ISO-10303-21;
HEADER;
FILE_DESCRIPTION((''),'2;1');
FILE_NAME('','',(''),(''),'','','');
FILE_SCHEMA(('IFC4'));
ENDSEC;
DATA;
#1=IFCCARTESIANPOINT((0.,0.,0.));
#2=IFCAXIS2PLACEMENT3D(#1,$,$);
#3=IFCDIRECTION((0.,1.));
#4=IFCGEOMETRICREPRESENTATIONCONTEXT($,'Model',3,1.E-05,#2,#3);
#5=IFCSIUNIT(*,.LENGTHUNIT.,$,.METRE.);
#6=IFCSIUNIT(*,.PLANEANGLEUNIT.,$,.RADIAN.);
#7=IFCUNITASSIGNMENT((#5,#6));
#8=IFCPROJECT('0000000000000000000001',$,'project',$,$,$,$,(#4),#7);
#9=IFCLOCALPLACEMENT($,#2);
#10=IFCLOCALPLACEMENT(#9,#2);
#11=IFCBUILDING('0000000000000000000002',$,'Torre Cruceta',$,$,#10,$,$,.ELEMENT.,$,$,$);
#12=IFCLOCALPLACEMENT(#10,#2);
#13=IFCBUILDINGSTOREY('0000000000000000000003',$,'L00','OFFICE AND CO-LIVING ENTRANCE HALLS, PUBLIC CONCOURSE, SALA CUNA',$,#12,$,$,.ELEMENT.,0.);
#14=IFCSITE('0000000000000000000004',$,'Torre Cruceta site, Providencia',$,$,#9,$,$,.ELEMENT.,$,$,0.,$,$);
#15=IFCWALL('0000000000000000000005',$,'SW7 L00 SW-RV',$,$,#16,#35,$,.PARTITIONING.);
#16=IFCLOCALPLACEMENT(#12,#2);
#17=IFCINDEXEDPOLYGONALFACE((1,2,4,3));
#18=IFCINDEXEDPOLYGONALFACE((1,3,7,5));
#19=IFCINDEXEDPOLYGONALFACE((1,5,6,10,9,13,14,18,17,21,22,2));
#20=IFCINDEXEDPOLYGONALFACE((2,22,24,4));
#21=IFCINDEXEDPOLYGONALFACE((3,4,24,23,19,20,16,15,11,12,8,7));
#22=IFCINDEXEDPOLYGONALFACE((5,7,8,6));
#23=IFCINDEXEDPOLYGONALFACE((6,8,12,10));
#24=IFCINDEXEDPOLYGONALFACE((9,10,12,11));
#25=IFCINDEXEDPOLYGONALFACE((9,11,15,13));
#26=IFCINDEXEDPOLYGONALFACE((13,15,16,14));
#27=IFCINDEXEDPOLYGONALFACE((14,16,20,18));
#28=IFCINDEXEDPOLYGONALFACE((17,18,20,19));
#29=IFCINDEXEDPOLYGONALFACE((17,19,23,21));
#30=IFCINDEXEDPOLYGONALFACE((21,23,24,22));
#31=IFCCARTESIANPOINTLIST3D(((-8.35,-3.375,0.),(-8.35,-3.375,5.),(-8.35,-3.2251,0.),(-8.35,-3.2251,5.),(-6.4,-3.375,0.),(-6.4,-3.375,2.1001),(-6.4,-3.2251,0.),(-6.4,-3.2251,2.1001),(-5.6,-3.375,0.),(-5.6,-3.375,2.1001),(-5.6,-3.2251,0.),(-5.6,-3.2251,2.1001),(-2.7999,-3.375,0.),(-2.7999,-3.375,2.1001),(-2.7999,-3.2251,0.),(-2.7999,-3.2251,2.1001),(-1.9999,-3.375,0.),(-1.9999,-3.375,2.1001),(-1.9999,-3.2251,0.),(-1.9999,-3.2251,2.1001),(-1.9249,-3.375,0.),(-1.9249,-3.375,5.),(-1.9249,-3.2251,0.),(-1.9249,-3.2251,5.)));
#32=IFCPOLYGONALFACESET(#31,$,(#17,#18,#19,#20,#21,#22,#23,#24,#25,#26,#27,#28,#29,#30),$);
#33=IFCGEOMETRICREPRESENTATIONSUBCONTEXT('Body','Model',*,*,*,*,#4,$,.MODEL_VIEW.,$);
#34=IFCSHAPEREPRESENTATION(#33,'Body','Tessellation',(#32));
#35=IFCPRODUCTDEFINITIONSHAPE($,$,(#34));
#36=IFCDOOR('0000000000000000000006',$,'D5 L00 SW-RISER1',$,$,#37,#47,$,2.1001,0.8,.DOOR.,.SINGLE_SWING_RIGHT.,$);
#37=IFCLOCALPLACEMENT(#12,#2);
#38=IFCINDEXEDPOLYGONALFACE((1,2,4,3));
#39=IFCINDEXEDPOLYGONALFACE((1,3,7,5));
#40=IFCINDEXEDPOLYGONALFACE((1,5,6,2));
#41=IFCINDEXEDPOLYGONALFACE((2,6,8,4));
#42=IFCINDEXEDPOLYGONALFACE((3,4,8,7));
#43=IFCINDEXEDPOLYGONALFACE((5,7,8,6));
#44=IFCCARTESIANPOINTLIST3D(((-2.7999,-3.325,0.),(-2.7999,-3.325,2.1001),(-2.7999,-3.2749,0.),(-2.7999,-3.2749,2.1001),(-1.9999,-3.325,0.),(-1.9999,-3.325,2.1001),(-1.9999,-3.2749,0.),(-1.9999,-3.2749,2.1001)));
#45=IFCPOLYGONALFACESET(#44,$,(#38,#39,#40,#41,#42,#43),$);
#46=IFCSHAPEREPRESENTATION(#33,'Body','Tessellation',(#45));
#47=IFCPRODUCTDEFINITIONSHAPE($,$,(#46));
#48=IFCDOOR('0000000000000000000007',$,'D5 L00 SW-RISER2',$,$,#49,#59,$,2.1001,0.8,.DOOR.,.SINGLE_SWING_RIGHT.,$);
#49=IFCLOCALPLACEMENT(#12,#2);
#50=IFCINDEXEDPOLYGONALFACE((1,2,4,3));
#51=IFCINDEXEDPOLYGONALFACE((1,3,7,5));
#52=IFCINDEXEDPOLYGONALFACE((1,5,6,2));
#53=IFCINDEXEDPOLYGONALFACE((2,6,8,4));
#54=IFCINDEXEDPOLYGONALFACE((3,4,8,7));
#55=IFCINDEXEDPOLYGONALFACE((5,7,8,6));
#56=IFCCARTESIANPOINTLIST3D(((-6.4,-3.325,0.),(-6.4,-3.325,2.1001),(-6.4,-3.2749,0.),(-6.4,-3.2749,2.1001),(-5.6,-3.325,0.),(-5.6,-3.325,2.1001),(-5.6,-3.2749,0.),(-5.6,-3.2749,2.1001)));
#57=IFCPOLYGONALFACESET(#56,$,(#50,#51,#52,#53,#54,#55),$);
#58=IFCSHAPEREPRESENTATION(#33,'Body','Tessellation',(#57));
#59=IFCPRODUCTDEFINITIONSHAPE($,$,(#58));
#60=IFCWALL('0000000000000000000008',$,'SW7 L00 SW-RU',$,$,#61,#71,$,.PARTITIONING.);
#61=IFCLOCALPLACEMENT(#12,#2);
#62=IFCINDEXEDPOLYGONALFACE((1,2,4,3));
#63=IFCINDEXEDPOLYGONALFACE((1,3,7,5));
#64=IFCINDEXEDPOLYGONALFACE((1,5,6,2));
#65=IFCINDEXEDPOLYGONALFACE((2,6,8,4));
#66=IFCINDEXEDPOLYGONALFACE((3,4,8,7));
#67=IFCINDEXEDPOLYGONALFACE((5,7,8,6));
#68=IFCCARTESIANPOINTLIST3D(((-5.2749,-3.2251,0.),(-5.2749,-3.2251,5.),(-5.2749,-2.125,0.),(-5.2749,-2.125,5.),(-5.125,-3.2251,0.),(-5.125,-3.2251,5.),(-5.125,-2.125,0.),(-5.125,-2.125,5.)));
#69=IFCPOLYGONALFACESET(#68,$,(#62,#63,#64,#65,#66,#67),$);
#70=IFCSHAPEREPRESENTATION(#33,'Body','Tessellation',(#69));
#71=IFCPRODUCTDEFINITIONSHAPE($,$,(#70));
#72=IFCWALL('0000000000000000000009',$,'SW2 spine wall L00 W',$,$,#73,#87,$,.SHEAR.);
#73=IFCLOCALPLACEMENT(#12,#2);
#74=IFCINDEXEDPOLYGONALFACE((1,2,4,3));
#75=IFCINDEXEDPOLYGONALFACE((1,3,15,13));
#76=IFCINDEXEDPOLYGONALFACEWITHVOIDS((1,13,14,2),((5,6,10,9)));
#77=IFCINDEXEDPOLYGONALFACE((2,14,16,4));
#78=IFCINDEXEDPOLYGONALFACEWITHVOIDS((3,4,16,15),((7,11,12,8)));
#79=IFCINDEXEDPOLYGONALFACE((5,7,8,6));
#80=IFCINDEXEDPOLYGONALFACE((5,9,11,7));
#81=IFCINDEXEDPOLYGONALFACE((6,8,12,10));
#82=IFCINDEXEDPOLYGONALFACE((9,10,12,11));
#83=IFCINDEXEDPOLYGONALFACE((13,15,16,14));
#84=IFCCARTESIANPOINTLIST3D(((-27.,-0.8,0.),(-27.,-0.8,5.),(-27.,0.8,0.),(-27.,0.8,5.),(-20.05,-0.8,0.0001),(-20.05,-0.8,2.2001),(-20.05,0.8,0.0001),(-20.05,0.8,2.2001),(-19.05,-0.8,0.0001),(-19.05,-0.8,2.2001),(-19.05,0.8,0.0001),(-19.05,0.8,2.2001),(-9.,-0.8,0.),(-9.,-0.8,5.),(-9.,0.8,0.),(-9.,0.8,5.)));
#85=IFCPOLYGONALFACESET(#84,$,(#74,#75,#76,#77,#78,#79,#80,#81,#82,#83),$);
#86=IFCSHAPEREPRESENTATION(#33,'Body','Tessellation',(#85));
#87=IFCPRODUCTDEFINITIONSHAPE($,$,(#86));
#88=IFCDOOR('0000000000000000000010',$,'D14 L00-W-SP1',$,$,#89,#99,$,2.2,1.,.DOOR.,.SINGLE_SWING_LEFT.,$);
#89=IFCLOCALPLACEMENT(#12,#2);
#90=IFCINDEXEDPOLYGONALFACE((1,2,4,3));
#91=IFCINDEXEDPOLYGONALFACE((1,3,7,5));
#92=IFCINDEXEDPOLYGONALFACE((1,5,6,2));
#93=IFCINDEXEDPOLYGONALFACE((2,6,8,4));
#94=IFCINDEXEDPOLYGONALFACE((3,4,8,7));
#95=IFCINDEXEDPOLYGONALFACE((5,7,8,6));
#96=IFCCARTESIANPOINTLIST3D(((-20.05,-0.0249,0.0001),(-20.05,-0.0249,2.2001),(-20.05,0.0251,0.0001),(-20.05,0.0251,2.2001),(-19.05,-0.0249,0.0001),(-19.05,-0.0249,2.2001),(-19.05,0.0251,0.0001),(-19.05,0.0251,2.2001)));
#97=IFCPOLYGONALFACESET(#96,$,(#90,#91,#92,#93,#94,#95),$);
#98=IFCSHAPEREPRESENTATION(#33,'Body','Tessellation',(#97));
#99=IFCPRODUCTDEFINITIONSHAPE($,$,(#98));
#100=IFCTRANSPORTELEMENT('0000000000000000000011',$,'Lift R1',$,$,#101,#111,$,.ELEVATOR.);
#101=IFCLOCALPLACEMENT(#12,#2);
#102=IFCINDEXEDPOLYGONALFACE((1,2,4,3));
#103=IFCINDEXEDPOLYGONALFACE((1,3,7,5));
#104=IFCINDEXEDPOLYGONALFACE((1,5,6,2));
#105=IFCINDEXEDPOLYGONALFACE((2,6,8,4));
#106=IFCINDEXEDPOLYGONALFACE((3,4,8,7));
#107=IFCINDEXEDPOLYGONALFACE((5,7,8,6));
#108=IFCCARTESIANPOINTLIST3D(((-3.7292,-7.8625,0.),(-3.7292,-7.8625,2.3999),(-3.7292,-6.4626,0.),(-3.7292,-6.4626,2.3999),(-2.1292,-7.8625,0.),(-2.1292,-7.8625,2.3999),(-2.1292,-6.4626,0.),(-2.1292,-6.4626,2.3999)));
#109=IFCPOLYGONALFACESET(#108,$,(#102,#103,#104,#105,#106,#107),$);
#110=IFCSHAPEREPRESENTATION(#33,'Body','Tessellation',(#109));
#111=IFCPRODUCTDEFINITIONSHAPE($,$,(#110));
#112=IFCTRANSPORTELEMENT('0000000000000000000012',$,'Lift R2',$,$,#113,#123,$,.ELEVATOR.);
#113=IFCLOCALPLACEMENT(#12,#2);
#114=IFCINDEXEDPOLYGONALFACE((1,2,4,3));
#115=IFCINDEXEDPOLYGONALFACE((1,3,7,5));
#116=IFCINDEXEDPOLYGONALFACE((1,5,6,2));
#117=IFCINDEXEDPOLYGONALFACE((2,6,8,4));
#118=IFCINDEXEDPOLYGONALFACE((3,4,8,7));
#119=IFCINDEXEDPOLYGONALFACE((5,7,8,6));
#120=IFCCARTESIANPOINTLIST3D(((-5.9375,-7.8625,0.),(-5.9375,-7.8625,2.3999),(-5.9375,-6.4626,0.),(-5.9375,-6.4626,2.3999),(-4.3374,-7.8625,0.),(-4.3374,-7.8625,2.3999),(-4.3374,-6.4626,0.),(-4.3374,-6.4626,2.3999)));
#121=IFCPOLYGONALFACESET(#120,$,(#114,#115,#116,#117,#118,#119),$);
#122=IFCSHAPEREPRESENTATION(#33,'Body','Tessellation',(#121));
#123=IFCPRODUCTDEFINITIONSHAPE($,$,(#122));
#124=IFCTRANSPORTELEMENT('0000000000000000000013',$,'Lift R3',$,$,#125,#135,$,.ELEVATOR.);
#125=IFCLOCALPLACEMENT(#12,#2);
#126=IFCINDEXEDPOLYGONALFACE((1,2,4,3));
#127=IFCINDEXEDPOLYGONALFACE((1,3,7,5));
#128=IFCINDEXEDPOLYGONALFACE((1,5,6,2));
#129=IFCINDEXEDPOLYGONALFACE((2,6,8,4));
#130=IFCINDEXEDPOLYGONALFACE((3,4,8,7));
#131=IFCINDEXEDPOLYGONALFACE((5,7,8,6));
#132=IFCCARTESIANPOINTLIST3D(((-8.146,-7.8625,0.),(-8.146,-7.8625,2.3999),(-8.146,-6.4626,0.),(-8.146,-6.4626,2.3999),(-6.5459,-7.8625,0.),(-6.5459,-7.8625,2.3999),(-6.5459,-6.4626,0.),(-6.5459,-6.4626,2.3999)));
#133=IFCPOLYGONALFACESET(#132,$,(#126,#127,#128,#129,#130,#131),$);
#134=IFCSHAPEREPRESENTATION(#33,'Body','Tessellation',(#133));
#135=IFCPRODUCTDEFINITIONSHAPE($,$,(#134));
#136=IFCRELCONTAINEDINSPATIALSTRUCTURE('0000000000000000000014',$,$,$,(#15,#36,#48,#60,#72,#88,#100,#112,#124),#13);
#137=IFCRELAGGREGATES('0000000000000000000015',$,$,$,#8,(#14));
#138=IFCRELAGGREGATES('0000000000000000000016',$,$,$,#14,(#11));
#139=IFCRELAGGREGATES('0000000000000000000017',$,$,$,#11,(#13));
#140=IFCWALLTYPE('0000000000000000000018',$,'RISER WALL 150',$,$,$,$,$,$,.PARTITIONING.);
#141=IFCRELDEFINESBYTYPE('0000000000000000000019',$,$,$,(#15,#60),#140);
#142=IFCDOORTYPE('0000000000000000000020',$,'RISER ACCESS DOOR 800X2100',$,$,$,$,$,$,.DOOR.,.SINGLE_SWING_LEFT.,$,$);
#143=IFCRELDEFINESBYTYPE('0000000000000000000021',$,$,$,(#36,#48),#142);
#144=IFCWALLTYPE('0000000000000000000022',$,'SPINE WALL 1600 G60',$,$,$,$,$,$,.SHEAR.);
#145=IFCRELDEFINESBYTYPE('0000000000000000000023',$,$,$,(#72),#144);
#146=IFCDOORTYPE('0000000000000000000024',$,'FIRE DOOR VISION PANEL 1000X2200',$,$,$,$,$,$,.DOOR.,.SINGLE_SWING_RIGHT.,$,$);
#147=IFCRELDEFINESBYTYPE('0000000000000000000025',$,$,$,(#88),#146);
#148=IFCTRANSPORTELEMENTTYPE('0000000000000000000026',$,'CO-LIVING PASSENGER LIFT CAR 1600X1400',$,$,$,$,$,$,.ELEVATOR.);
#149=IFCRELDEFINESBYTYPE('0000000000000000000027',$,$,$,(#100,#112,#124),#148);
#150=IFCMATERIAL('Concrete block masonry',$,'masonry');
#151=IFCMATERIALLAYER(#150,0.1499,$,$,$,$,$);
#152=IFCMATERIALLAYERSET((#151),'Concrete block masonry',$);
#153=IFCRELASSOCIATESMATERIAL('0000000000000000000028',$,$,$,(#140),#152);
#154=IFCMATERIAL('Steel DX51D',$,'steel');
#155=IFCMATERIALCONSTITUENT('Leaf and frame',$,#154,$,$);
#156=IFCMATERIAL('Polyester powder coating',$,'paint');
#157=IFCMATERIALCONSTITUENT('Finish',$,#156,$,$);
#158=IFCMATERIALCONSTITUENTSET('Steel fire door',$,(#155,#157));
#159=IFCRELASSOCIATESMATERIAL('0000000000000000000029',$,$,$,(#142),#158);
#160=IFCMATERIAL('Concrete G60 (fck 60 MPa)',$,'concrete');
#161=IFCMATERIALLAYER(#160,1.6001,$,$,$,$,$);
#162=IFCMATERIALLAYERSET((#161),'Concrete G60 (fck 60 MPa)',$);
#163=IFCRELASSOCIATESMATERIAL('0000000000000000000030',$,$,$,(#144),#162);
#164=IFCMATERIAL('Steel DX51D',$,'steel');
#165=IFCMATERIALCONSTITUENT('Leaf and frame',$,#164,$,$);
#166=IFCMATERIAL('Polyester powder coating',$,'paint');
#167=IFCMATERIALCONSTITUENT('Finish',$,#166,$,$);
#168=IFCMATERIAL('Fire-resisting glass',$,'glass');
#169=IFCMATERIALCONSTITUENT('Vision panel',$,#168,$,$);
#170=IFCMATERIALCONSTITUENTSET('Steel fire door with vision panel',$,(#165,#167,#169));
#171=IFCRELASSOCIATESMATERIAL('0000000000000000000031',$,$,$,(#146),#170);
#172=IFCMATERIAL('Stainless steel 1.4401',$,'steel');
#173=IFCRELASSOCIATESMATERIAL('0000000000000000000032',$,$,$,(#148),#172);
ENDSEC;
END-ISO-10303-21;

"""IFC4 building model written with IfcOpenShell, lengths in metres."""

from ifc_helpers import new_model, si_unit, direction, frame, frame_2d, origin, origin_2d, place, context, subcontext, project, spatial, rectangle, extrude, material, layer, layer_set, constituent, constituent_set, type_object, element, fill, save


model = new_model("IFC4")

# Units and contexts
model_context = context("Model", 3, precision=1e-05, world=origin(), true_north=direction((0.0, 1.0)))
body_context = subcontext(model_context, "Body", "Model", "MODEL_VIEW")
ifc_project = project(units=[si_unit("LENGTHUNIT", "METRE"), si_unit("PLANEANGLEUNIT", "RADIAN")], contexts=[model_context])

# Site, building, storey
site_placement = place(None, origin())
site = spatial("IfcSite", under=ifc_project, at=site_placement, Name="Torre Cruceta site, Providencia", CompositionType="ELEMENT", RefElevation=0.0)
building_placement = place(site_placement, origin())
building = spatial("IfcBuilding", under=site, at=building_placement, Name="Torre Cruceta", CompositionType="ELEMENT")
storey_placement = place(building_placement, origin())
storey = spatial("IfcBuildingStorey", under=building, at=storey_placement, Name="L00", Description="OFFICE AND CO-LIVING ENTRANCE HALLS, PUBLIC CONCOURSE, SALA CUNA", CompositionType="ELEMENT", Elevation=0.0)

# Wall, openings, doors
ifc_material_1 = material(Name="Concrete block masonry", Category="masonry")
ifc_layer_1 = layer(ifc_material_1, 0.1499)
ifc_layer_set_1 = layer_set([ifc_layer_1], Name="Concrete block masonry")
wall_type_1 = type_object("IfcWallType", Name="RISER WALL 150", PredefinedType="PARTITIONING", material=ifc_layer_set_1)
wall_1_placement = place(storey_placement, frame((-1.925, -3.3, 0.0), z_axis=(0.0, 0.0, 1.0), x_axis=(-1.0, 0.0, 0.0)))
wall_1 = element("IfcWall", 1, at=wall_1_placement, inside=storey, type_object=wall_type_1, Name="SW7 L00 SW-RV", PredefinedType="PARTITIONING", context=body_context, shape_type="SweptSolid", body=[
    extrude(rectangle(XDim=6.425, YDim=0.1499, at=frame_2d((3.2124, 0.0))), origin(), (0.0, 0.0, 1.0), 5.0),
])
opening_1_placement = place(wall_1_placement, frame((0.075, 0.0, 0.0)))
opening_1 = element("IfcOpeningElement", 2, at=opening_1_placement, cuts=wall_1, PredefinedType="OPENING", context=body_context, shape_type="SweptSolid", body=[
    extrude(rectangle(XDim=0.8, YDim=2.1001, at=frame_2d((0.3999, 1.05))), frame((0.0, 0.085, 0.0), z_axis=(0.0, -1.0, 0.0), x_axis=(1.0, 0.0, 0.0)), (0.0, 0.0, 1.0), 0.1699),
])
opening_2_placement = place(wall_1_placement, frame((3.675, 0.0, 0.0)))
opening_2 = element("IfcOpeningElement", 3, at=opening_2_placement, cuts=wall_1, PredefinedType="OPENING", context=body_context, shape_type="SweptSolid", body=[
    extrude(rectangle(XDim=0.8, YDim=2.1001, at=frame_2d((0.3999, 1.05))), frame((0.0, 0.085, 0.0), z_axis=(0.0, -1.0, 0.0), x_axis=(1.0, 0.0, 0.0)), (0.0, 0.0, 1.0), 0.1699),
])
ifc_material_2 = material(Name="Steel DX51D", Category="steel")
ifc_constituent_1 = constituent(ifc_material_2, Name="Leaf and frame")
ifc_material_3 = material(Name="Polyester powder coating", Category="paint")
ifc_constituent_2 = constituent(ifc_material_3, Name="Finish")
ifc_constituent_set_1 = constituent_set(constituents=[ifc_constituent_1, ifc_constituent_2], Name="Steel fire door")
door_type_1 = type_object("IfcDoorType", Name="RISER ACCESS DOOR 800X2100", OperationType="SINGLE_SWING_LEFT", PredefinedType="DOOR", material=ifc_constituent_set_1)
door_1_placement = place(opening_1_placement, frame((0.8, 0.0, 0.0), z_axis=(0.0, 0.0, 1.0), x_axis=(-1.0, 0.0, 0.0)))
door_1 = element("IfcDoor", 4, at=door_1_placement, inside=storey, type_object=door_type_1, Name="D5 L00 SW-RISER1", OperationType="SINGLE_SWING_RIGHT", OverallHeight=2.1001, OverallWidth=0.8, PredefinedType="DOOR", context=body_context, shape_type="SweptSolid", body=[
    extrude(rectangle(XDim=0.8, YDim=2.1001, at=frame_2d((0.4001, 1.05))), frame((0.0, 0.0251, 0.0), z_axis=(0.0, -1.0, 0.0), x_axis=(1.0, 0.0, 0.0)), (0.0, 0.0, 1.0), 0.05),
])
fill(opening_1, door_1)
door_2_placement = place(opening_2_placement, frame((0.8, 0.0, 0.0), z_axis=(0.0, 0.0, 1.0), x_axis=(-1.0, 0.0, 0.0)))
door_2 = element("IfcDoor", 5, at=door_2_placement, inside=storey, type_object=door_type_1, Name="D5 L00 SW-RISER2", OperationType="SINGLE_SWING_RIGHT", OverallHeight=2.1001, OverallWidth=0.8, PredefinedType="DOOR", context=body_context, shape_type="SweptSolid", body=[
    extrude(rectangle(XDim=0.8, YDim=2.1001, at=frame_2d((0.4001, 1.05))), frame((0.0, 0.0251, 0.0), z_axis=(0.0, -1.0, 0.0), x_axis=(1.0, 0.0, 0.0)), (0.0, 0.0, 1.0), 0.05),
])
fill(opening_2, door_2)

# Wall
wall_2_placement = place(storey_placement, frame((-5.2, -2.125, 0.0), z_axis=(0.0, 0.0, 1.0), x_axis=(0.0, -1.0, 0.0)))
element("IfcWall", 6, at=wall_2_placement, inside=storey, type_object=wall_type_1, Name="SW7 L00 SW-RU", PredefinedType="PARTITIONING", context=body_context, shape_type="SweptSolid", body=[
    extrude(rectangle(XDim=1.1001, YDim=0.1499, at=frame_2d((0.55, 0.0))), origin(), (0.0, 0.0, 1.0), 5.0),
])

# Wall, opening, door
ifc_material_4 = material(Name="Concrete G60 (fck 60 MPa)", Category="concrete")
ifc_layer_2 = layer(ifc_material_4, 1.6001)
ifc_layer_set_2 = layer_set([ifc_layer_2], Name="Concrete G60 (fck 60 MPa)")
wall_type_2 = type_object("IfcWallType", Name="SPINE WALL 1600 G60", PredefinedType="SHEAR", material=ifc_layer_set_2)
wall_3_placement = place(storey_placement, frame((-9.0, 0.0, 0.0), z_axis=(0.0, 0.0, 1.0), x_axis=(-1.0, 0.0, 0.0)))
wall_3 = element("IfcWall", 7, at=wall_3_placement, inside=storey, type_object=wall_type_2, Name="SW2 spine wall L00 W", PredefinedType="SHEAR", context=body_context, shape_type="SweptSolid", body=[
    extrude(rectangle(XDim=18.0, YDim=1.6001, at=frame_2d((9.0, 0.0))), origin(), (0.0, 0.0, 1.0), 5.0),
])
opening_3_placement = place(wall_3_placement, frame((10.05, 0.0, 0.0)))
opening_3 = element("IfcOpeningElement", 8, at=opening_3_placement, cuts=wall_3, PredefinedType="OPENING", context=body_context, shape_type="SweptSolid", body=[
    extrude(rectangle(XDim=1.0, YDim=2.2, at=frame_2d((0.5, 1.1001))), frame((0.0, 0.8101, 0.0), z_axis=(0.0, -1.0, 0.0), x_axis=(1.0, 0.0, 0.0)), (0.0, 0.0, 1.0), 1.6201),
])
ifc_material_5 = material(Name="Steel DX51D", Category="steel")
ifc_constituent_3 = constituent(ifc_material_5, Name="Leaf and frame")
ifc_material_6 = material(Name="Polyester powder coating", Category="paint")
ifc_constituent_4 = constituent(ifc_material_6, Name="Finish")
ifc_material_7 = material(Name="Fire-resisting glass", Category="glass")
ifc_constituent_5 = constituent(ifc_material_7, Name="Vision panel")
ifc_constituent_set_2 = constituent_set(constituents=[ifc_constituent_3, ifc_constituent_4, ifc_constituent_5], Name="Steel fire door with vision panel")
door_type_2 = type_object("IfcDoorType", Name="FIRE DOOR VISION PANEL 1000X2200", OperationType="SINGLE_SWING_RIGHT", PredefinedType="DOOR", material=ifc_constituent_set_2)
door_3_placement = place(opening_3_placement, frame((1.0, 0.0, 0.0), z_axis=(0.0, 0.0, 1.0), x_axis=(-1.0, 0.0, 0.0)))
door_3 = element("IfcDoor", 9, at=door_3_placement, inside=storey, type_object=door_type_2, Name="D14 L00-W-SP1", OperationType="SINGLE_SWING_LEFT", OverallHeight=2.2, OverallWidth=1.0, PredefinedType="DOOR", context=body_context, shape_type="SweptSolid", body=[
    extrude(rectangle(XDim=1.0, YDim=2.2, at=frame_2d((0.5, 1.1001))), frame((0.0, 0.0251, 0.0), z_axis=(0.0, -1.0, 0.0), x_axis=(1.0, 0.0, 0.0)), (0.0, 0.0, 1.0), 0.05),
])
fill(opening_3, door_3)

# Transport elements
ifc_material_8 = material(Name="Stainless steel 1.4401", Category="steel")
transport_element_type = type_object("IfcTransportElementType", Name="CO-LIVING PASSENGER LIFT CAR 1600X1400", PredefinedType="ELEVATOR", material=ifc_material_8)
for number, where, z_axis, x_axis, name in (
    (10, (-2.9292, -7.1626, 0.0), (0.0, 0.0, 1.0), (1.0, 0.0, 0.0), "Lift R1"),
    (11, (-5.1375, -7.1626, 0.0), (0.0, 0.0, 1.0), (1.0, 0.0, 0.0), "Lift R2"),
    (12, (-7.3459, -7.1626, 0.0), (0.0, 0.0, 1.0), (1.0, 0.0, 0.0), "Lift R3"),
):
    element("IfcTransportElement", number, at=place(storey_placement, frame(where, z_axis=z_axis, x_axis=x_axis)), inside=storey, type_object=transport_element_type, Name=name, PredefinedType="ELEVATOR", context=body_context, shape_type="SweptSolid", body=[
        extrude(rectangle(XDim=1.6001, YDim=1.3999, at=origin_2d()), origin(), (0.0, 0.0, 1.0), 2.3999),
    ])

save(model, "model.ifc")
